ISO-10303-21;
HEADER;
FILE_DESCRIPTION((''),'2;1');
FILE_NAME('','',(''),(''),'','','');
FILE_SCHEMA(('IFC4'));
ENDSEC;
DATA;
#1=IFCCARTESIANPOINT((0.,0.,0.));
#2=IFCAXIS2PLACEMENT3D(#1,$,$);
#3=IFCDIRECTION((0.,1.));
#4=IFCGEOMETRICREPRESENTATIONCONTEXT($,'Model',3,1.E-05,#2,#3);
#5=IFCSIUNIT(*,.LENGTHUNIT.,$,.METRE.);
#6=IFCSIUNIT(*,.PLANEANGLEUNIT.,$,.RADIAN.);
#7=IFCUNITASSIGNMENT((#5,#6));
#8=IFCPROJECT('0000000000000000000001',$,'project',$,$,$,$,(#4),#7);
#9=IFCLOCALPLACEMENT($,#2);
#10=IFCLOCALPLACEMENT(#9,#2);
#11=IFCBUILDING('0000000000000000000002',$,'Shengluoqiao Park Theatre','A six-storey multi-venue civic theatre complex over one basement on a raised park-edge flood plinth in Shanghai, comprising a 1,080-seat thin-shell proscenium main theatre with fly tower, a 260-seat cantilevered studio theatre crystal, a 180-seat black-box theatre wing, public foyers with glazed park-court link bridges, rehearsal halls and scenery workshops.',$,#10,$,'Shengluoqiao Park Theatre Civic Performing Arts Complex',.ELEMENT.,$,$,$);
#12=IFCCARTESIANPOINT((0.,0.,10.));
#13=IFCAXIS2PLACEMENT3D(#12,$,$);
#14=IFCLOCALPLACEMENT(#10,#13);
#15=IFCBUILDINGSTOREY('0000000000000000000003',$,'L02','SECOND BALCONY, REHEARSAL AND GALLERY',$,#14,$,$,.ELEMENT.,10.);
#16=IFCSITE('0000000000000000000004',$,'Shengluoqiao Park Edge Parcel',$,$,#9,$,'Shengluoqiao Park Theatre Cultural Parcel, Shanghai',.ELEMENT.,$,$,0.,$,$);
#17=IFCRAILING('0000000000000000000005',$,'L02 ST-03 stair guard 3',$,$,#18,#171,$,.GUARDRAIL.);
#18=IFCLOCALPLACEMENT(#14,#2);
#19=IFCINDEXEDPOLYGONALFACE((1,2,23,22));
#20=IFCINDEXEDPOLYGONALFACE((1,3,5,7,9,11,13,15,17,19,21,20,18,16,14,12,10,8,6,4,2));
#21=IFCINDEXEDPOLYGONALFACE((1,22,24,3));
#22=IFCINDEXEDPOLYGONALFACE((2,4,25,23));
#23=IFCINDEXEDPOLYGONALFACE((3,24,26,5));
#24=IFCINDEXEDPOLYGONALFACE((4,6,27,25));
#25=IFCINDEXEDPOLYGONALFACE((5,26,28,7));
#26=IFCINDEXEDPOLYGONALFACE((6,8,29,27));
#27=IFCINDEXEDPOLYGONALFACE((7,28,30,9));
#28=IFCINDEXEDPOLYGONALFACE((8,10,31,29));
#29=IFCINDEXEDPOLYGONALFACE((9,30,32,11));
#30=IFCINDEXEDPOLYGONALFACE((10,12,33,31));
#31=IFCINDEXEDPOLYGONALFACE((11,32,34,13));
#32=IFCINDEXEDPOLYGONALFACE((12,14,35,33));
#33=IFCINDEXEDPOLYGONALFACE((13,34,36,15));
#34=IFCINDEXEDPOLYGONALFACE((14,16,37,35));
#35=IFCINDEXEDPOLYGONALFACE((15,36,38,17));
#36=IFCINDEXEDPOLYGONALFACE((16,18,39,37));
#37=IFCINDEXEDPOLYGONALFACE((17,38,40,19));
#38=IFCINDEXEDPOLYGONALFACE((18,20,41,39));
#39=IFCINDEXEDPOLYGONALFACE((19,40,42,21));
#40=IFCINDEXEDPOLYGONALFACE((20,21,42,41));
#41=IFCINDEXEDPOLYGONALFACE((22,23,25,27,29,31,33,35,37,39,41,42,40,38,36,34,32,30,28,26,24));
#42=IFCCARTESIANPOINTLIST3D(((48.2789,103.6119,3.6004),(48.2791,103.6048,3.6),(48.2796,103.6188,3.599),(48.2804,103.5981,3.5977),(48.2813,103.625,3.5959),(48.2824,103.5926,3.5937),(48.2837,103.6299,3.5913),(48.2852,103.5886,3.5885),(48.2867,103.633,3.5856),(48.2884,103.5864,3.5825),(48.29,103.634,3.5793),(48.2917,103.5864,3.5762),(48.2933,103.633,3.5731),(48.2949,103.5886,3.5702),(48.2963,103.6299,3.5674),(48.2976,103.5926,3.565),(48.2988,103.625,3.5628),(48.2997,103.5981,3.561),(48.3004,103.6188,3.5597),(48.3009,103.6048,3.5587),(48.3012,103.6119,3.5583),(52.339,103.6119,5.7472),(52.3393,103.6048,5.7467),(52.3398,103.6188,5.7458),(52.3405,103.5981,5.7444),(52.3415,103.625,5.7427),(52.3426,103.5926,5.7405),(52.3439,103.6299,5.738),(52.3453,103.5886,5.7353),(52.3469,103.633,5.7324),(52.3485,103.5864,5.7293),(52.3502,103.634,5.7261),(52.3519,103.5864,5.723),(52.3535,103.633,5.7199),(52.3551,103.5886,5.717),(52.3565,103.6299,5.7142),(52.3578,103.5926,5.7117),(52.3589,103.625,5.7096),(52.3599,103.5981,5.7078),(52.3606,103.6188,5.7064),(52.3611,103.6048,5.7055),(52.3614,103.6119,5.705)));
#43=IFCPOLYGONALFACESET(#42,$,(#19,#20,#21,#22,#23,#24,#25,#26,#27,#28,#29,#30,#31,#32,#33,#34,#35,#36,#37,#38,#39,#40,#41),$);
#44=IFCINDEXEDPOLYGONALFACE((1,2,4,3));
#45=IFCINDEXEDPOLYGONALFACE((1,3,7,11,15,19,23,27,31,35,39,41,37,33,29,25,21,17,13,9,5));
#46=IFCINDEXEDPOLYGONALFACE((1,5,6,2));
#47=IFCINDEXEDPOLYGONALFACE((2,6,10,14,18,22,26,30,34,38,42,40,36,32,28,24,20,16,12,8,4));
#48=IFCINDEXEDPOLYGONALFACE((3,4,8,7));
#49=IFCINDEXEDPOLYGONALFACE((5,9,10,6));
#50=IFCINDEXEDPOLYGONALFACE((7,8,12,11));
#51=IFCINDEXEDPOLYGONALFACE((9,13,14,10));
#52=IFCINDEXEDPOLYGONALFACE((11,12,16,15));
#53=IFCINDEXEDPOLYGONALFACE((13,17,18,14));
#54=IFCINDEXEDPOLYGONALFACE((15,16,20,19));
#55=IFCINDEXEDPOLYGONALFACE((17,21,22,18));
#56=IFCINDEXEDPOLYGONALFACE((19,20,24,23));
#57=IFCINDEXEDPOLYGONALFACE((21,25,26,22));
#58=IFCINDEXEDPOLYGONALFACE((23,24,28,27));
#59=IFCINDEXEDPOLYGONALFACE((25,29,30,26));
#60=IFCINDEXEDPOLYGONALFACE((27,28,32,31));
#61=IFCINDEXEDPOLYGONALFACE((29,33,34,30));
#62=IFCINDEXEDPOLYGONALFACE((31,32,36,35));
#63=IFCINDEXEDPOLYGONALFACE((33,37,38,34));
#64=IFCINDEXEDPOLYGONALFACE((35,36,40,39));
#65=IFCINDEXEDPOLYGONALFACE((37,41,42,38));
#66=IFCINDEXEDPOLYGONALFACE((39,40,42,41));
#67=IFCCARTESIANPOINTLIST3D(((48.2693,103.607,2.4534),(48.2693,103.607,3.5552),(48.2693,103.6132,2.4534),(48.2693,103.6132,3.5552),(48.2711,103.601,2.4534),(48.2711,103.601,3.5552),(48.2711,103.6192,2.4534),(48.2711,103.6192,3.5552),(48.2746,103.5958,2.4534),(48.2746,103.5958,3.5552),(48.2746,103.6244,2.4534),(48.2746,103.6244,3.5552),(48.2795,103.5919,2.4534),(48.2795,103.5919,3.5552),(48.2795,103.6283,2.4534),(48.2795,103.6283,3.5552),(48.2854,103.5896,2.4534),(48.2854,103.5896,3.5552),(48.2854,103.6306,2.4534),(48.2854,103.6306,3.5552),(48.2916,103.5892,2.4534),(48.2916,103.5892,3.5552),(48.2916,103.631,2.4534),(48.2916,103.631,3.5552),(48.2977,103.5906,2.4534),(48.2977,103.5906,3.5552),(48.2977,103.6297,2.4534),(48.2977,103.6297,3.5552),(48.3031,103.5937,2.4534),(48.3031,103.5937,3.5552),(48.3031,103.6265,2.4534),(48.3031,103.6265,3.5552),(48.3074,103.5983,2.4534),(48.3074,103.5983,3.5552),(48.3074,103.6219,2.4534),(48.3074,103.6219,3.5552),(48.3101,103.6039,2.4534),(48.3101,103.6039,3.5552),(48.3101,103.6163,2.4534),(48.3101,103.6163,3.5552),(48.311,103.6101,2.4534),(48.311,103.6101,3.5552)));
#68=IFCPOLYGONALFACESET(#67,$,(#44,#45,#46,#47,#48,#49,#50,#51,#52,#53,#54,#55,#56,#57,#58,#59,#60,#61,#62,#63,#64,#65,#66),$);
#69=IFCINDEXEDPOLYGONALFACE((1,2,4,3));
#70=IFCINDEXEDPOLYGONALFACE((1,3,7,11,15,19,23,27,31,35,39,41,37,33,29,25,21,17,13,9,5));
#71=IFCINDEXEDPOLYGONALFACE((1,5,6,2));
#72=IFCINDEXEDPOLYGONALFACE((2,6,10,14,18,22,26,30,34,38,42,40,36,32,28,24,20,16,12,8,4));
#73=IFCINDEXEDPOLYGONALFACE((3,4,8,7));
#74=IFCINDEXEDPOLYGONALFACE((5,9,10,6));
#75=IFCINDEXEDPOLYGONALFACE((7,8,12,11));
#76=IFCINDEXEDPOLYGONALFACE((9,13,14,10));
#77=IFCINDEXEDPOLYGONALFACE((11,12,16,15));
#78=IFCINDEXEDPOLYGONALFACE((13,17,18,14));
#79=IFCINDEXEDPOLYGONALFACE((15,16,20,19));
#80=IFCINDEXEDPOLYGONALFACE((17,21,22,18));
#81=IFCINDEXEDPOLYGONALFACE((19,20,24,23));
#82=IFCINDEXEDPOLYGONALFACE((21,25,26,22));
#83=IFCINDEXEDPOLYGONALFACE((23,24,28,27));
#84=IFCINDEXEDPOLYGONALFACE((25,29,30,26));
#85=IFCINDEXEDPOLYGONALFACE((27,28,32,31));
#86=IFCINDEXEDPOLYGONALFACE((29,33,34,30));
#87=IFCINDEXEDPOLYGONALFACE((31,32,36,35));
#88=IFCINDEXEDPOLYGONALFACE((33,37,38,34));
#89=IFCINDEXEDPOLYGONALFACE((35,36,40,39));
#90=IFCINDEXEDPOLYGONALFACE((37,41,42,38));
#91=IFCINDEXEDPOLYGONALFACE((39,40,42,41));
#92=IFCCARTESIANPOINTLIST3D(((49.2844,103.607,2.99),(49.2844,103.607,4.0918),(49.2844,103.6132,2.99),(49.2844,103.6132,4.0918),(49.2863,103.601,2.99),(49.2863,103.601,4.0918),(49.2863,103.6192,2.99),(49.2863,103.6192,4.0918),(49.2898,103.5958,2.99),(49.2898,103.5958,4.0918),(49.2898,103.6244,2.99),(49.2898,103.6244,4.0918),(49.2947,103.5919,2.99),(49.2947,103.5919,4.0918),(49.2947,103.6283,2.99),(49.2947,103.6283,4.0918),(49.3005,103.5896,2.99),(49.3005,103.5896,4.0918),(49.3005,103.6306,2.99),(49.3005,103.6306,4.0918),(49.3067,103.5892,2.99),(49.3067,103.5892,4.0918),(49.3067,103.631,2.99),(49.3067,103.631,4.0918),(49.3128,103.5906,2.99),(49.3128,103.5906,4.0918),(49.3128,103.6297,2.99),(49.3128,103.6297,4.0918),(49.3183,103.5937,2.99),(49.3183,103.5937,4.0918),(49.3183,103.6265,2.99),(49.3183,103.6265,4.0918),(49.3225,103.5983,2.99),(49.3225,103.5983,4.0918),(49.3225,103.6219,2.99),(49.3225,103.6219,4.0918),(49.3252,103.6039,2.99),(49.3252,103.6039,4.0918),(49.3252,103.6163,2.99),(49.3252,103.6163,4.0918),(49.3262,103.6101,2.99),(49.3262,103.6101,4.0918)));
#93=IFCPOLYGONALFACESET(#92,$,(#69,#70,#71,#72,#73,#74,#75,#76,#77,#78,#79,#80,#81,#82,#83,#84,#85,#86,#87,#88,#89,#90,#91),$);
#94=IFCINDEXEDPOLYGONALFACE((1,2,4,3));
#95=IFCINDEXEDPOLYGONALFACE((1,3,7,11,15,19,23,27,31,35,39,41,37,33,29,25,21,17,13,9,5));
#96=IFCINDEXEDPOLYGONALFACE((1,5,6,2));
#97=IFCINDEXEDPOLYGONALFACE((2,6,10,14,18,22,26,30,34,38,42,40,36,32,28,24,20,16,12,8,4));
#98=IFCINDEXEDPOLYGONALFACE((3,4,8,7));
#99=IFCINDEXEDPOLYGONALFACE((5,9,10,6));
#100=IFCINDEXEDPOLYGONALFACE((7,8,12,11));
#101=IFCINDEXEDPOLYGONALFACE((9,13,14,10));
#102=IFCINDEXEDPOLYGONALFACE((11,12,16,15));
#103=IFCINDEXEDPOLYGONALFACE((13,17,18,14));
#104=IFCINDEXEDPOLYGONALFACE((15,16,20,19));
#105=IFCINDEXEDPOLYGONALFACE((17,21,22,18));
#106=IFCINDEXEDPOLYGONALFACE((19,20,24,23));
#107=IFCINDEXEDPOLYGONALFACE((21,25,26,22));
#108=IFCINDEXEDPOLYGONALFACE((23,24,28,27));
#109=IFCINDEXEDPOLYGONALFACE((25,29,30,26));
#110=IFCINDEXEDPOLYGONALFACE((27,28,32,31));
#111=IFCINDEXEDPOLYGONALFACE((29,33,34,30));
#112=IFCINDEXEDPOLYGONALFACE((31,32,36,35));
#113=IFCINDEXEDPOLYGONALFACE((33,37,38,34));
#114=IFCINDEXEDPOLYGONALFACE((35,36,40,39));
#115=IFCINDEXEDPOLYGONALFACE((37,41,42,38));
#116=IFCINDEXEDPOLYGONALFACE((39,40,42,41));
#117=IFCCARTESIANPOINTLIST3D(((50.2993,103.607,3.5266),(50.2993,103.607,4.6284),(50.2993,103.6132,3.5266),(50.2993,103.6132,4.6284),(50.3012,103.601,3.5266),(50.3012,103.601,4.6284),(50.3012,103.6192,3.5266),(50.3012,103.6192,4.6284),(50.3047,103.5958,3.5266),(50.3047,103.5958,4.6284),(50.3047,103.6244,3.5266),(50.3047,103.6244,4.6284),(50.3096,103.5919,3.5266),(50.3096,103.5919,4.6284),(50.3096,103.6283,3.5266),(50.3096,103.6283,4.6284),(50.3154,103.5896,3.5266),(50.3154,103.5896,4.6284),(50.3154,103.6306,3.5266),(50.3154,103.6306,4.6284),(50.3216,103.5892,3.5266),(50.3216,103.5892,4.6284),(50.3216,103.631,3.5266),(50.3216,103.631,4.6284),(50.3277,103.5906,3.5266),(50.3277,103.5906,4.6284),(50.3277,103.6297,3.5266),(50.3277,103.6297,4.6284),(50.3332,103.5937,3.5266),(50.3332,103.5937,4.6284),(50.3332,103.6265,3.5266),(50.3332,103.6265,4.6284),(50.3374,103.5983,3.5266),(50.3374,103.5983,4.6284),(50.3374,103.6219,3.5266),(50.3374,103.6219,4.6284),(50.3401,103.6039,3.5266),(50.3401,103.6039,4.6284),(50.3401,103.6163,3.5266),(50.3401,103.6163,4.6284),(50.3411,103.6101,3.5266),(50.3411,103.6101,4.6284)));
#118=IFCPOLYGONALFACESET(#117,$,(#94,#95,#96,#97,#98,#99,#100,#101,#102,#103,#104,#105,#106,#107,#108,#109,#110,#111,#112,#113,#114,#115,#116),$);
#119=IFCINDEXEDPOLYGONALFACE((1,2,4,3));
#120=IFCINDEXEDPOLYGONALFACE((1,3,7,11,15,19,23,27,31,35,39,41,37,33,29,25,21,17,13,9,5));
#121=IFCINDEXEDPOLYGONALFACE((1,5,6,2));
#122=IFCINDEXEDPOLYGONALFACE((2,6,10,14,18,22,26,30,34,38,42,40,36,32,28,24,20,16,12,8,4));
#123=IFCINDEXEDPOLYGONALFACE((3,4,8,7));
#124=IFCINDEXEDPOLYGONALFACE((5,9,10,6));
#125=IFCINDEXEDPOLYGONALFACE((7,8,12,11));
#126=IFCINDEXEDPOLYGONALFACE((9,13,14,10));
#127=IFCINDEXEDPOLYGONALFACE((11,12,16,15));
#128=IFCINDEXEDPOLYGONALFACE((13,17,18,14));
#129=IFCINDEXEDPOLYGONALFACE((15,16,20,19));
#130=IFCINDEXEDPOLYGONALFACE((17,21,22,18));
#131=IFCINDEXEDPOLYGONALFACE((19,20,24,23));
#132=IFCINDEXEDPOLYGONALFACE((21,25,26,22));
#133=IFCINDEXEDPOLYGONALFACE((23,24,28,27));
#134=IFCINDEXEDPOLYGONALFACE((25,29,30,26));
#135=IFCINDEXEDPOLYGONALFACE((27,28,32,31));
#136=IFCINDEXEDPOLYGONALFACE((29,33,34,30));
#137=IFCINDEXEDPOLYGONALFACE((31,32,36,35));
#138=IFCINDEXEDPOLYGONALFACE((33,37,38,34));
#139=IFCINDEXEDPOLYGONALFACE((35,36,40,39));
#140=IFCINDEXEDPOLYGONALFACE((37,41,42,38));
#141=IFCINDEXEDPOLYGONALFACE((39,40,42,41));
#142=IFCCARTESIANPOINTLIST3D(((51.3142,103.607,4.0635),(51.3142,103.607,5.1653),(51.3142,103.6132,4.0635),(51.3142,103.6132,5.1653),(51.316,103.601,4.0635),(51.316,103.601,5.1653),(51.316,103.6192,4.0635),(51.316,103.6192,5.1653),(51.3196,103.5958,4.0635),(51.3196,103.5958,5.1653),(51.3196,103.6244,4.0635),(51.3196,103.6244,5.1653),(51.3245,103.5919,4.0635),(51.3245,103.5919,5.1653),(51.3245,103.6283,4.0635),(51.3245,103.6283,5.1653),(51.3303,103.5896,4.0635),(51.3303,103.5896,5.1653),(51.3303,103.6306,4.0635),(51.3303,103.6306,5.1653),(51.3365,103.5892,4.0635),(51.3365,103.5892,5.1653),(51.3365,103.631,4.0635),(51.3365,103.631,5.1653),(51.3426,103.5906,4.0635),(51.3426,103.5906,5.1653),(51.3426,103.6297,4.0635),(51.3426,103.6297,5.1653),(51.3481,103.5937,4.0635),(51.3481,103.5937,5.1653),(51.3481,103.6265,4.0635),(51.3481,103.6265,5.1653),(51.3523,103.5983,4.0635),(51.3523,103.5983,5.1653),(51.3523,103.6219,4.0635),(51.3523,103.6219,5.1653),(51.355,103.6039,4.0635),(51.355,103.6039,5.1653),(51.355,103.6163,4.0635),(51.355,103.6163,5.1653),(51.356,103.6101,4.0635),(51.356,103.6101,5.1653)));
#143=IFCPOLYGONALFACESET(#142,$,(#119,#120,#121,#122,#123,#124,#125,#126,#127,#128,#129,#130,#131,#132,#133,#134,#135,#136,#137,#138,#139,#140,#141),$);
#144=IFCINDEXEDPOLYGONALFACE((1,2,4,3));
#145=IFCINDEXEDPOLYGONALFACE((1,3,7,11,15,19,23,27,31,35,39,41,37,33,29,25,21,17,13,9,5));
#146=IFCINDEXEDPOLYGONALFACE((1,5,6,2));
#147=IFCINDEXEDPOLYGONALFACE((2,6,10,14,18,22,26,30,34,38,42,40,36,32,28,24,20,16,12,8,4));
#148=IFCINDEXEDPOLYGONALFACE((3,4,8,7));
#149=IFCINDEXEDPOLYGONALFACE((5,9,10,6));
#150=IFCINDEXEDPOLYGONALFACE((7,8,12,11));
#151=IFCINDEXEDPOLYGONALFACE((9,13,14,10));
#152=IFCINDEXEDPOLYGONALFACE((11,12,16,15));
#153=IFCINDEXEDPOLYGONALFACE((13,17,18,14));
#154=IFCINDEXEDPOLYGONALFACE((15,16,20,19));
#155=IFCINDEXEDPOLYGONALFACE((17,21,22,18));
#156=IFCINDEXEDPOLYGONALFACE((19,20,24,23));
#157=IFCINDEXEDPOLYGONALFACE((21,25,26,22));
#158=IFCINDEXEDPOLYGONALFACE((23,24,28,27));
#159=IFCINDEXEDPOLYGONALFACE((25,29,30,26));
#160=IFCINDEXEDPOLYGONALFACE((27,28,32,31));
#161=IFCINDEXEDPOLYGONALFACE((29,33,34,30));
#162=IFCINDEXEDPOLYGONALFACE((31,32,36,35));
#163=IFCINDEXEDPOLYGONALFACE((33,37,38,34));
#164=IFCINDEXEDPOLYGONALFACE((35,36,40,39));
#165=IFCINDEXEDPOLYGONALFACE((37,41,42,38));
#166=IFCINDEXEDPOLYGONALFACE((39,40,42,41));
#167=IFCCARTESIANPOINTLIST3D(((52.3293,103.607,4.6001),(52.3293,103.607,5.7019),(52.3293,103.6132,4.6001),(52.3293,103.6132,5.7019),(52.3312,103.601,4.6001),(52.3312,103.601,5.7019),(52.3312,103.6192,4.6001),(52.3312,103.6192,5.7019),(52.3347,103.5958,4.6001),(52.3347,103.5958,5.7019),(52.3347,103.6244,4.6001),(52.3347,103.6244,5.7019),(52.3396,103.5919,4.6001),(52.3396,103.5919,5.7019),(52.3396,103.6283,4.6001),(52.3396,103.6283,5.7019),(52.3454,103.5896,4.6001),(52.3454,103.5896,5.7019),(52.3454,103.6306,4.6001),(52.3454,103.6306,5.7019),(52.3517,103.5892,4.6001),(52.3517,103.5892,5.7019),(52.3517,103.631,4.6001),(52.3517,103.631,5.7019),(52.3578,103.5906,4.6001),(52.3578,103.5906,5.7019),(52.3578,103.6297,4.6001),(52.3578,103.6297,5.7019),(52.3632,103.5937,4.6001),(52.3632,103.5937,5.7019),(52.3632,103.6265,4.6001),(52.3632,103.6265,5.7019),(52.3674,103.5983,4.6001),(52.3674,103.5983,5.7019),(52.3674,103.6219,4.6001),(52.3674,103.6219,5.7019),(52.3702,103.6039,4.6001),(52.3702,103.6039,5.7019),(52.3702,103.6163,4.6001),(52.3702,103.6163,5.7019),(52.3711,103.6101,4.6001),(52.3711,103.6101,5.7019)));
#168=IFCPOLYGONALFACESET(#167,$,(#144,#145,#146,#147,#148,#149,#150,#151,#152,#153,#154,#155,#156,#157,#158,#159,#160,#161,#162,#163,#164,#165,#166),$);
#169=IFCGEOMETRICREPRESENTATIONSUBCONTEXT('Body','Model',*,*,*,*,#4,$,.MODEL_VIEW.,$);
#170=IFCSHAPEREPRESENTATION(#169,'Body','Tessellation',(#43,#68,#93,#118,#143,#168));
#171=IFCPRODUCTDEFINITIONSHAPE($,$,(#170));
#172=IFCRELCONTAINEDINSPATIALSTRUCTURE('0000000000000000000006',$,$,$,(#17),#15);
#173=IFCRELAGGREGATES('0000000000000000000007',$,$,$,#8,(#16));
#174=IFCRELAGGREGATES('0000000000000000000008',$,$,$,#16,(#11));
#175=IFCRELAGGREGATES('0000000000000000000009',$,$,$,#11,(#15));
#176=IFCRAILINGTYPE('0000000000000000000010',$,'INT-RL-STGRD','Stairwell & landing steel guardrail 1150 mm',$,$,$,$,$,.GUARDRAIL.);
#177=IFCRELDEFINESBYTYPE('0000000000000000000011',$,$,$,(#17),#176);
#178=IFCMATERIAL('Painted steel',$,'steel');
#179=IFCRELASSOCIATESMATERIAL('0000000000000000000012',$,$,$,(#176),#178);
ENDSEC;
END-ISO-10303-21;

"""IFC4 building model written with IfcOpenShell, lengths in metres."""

from ifc_helpers import new_model, si_unit, direction, frame, origin, origin_2d, place, context, subcontext, project, spatial, circle, extrude, material, type_object, element, save


model = new_model("IFC4")

# Units and contexts
model_context = context("Model", 3, precision=1e-05, world=origin(), true_north=direction((0.0, 1.0)))
body_context = subcontext(model_context, "Body", "Model", "MODEL_VIEW")
ifc_project = project(units=[si_unit("LENGTHUNIT", "METRE"), si_unit("PLANEANGLEUNIT", "RADIAN")], contexts=[model_context])

# Site, building, storey
site_placement = place(None, origin())
site = spatial("IfcSite", under=ifc_project, at=site_placement, Name="Shengluoqiao Park Edge Parcel", LongName="Shengluoqiao Park Theatre Cultural Parcel, Shanghai", CompositionType="ELEMENT", RefElevation=0.0)
building_placement = place(site_placement, origin())
building = spatial("IfcBuilding", under=site, at=building_placement, Name="Shengluoqiao Park Theatre", Description="A six-storey multi-venue civic theatre complex over one basement on a raised park-edge flood plinth in Shanghai, comprising a 1,080-seat thin-shell proscenium main theatre with fly tower, a 260-seat cantilevered studio theatre crystal, a 180-seat black-box theatre wing, public foyers with glazed park-court link bridges, rehearsal halls and scenery workshops.", LongName="Shengluoqiao Park Theatre Civic Performing Arts Complex", CompositionType="ELEMENT")
storey_placement = place(building_placement, frame((0.0, 0.0, 10.0)))
storey = spatial("IfcBuildingStorey", under=building, at=storey_placement, Name="L02", Description="SECOND BALCONY, REHEARSAL AND GALLERY", CompositionType="ELEMENT", Elevation=10.0)

# Railing
ifc_material_1 = material(Name="Painted steel", Category="steel")
railing_type_1 = type_object("IfcRailingType", Name="INT-RL-STGRD", Description="Stairwell & landing steel guardrail 1150 mm", PredefinedType="GUARDRAIL", material=ifc_material_1)
railing_1_placement = place(storey_placement, frame((48.29, 103.6101, 2.4534)))
element("IfcRailing", 1, at=railing_1_placement, inside=storey, type_object=railing_type_1, Name="L02 ST-03 stair guard 3", PredefinedType="GUARDRAIL", context=body_context, shape_type="SweptSolid", body=[
    extrude(circle(Radius=0.0239, at=origin_2d()), frame((0.0, 0.0, 1.126), z_axis=(0.884032, 0.0, 0.467426), x_axis=(0.0, 1.0, 0.0)), (0.0, 0.0, 1.0), 4.5928),
    extrude(circle(Radius=0.021, at=origin_2d()), origin(), (0.0, 0.0, 1.0), 1.1018),
    extrude(circle(Radius=0.021, at=origin_2d()), frame((1.0151, 0.0, 0.5366)), (0.0, 0.0, 1.0), 1.1018),
    extrude(circle(Radius=0.021, at=origin_2d()), frame((2.03, 0.0, 1.0732)), (0.0, 0.0, 1.0), 1.1018),
    extrude(circle(Radius=0.021, at=origin_2d()), frame((3.0449, 0.0, 1.6101)), (0.0, 0.0, 1.0), 1.1018),
    extrude(circle(Radius=0.021, at=origin_2d()), frame((4.0601, 0.0, 2.1467)), (0.0, 0.0, 1.0), 1.1018),
])

save(model, "model.ifc")
